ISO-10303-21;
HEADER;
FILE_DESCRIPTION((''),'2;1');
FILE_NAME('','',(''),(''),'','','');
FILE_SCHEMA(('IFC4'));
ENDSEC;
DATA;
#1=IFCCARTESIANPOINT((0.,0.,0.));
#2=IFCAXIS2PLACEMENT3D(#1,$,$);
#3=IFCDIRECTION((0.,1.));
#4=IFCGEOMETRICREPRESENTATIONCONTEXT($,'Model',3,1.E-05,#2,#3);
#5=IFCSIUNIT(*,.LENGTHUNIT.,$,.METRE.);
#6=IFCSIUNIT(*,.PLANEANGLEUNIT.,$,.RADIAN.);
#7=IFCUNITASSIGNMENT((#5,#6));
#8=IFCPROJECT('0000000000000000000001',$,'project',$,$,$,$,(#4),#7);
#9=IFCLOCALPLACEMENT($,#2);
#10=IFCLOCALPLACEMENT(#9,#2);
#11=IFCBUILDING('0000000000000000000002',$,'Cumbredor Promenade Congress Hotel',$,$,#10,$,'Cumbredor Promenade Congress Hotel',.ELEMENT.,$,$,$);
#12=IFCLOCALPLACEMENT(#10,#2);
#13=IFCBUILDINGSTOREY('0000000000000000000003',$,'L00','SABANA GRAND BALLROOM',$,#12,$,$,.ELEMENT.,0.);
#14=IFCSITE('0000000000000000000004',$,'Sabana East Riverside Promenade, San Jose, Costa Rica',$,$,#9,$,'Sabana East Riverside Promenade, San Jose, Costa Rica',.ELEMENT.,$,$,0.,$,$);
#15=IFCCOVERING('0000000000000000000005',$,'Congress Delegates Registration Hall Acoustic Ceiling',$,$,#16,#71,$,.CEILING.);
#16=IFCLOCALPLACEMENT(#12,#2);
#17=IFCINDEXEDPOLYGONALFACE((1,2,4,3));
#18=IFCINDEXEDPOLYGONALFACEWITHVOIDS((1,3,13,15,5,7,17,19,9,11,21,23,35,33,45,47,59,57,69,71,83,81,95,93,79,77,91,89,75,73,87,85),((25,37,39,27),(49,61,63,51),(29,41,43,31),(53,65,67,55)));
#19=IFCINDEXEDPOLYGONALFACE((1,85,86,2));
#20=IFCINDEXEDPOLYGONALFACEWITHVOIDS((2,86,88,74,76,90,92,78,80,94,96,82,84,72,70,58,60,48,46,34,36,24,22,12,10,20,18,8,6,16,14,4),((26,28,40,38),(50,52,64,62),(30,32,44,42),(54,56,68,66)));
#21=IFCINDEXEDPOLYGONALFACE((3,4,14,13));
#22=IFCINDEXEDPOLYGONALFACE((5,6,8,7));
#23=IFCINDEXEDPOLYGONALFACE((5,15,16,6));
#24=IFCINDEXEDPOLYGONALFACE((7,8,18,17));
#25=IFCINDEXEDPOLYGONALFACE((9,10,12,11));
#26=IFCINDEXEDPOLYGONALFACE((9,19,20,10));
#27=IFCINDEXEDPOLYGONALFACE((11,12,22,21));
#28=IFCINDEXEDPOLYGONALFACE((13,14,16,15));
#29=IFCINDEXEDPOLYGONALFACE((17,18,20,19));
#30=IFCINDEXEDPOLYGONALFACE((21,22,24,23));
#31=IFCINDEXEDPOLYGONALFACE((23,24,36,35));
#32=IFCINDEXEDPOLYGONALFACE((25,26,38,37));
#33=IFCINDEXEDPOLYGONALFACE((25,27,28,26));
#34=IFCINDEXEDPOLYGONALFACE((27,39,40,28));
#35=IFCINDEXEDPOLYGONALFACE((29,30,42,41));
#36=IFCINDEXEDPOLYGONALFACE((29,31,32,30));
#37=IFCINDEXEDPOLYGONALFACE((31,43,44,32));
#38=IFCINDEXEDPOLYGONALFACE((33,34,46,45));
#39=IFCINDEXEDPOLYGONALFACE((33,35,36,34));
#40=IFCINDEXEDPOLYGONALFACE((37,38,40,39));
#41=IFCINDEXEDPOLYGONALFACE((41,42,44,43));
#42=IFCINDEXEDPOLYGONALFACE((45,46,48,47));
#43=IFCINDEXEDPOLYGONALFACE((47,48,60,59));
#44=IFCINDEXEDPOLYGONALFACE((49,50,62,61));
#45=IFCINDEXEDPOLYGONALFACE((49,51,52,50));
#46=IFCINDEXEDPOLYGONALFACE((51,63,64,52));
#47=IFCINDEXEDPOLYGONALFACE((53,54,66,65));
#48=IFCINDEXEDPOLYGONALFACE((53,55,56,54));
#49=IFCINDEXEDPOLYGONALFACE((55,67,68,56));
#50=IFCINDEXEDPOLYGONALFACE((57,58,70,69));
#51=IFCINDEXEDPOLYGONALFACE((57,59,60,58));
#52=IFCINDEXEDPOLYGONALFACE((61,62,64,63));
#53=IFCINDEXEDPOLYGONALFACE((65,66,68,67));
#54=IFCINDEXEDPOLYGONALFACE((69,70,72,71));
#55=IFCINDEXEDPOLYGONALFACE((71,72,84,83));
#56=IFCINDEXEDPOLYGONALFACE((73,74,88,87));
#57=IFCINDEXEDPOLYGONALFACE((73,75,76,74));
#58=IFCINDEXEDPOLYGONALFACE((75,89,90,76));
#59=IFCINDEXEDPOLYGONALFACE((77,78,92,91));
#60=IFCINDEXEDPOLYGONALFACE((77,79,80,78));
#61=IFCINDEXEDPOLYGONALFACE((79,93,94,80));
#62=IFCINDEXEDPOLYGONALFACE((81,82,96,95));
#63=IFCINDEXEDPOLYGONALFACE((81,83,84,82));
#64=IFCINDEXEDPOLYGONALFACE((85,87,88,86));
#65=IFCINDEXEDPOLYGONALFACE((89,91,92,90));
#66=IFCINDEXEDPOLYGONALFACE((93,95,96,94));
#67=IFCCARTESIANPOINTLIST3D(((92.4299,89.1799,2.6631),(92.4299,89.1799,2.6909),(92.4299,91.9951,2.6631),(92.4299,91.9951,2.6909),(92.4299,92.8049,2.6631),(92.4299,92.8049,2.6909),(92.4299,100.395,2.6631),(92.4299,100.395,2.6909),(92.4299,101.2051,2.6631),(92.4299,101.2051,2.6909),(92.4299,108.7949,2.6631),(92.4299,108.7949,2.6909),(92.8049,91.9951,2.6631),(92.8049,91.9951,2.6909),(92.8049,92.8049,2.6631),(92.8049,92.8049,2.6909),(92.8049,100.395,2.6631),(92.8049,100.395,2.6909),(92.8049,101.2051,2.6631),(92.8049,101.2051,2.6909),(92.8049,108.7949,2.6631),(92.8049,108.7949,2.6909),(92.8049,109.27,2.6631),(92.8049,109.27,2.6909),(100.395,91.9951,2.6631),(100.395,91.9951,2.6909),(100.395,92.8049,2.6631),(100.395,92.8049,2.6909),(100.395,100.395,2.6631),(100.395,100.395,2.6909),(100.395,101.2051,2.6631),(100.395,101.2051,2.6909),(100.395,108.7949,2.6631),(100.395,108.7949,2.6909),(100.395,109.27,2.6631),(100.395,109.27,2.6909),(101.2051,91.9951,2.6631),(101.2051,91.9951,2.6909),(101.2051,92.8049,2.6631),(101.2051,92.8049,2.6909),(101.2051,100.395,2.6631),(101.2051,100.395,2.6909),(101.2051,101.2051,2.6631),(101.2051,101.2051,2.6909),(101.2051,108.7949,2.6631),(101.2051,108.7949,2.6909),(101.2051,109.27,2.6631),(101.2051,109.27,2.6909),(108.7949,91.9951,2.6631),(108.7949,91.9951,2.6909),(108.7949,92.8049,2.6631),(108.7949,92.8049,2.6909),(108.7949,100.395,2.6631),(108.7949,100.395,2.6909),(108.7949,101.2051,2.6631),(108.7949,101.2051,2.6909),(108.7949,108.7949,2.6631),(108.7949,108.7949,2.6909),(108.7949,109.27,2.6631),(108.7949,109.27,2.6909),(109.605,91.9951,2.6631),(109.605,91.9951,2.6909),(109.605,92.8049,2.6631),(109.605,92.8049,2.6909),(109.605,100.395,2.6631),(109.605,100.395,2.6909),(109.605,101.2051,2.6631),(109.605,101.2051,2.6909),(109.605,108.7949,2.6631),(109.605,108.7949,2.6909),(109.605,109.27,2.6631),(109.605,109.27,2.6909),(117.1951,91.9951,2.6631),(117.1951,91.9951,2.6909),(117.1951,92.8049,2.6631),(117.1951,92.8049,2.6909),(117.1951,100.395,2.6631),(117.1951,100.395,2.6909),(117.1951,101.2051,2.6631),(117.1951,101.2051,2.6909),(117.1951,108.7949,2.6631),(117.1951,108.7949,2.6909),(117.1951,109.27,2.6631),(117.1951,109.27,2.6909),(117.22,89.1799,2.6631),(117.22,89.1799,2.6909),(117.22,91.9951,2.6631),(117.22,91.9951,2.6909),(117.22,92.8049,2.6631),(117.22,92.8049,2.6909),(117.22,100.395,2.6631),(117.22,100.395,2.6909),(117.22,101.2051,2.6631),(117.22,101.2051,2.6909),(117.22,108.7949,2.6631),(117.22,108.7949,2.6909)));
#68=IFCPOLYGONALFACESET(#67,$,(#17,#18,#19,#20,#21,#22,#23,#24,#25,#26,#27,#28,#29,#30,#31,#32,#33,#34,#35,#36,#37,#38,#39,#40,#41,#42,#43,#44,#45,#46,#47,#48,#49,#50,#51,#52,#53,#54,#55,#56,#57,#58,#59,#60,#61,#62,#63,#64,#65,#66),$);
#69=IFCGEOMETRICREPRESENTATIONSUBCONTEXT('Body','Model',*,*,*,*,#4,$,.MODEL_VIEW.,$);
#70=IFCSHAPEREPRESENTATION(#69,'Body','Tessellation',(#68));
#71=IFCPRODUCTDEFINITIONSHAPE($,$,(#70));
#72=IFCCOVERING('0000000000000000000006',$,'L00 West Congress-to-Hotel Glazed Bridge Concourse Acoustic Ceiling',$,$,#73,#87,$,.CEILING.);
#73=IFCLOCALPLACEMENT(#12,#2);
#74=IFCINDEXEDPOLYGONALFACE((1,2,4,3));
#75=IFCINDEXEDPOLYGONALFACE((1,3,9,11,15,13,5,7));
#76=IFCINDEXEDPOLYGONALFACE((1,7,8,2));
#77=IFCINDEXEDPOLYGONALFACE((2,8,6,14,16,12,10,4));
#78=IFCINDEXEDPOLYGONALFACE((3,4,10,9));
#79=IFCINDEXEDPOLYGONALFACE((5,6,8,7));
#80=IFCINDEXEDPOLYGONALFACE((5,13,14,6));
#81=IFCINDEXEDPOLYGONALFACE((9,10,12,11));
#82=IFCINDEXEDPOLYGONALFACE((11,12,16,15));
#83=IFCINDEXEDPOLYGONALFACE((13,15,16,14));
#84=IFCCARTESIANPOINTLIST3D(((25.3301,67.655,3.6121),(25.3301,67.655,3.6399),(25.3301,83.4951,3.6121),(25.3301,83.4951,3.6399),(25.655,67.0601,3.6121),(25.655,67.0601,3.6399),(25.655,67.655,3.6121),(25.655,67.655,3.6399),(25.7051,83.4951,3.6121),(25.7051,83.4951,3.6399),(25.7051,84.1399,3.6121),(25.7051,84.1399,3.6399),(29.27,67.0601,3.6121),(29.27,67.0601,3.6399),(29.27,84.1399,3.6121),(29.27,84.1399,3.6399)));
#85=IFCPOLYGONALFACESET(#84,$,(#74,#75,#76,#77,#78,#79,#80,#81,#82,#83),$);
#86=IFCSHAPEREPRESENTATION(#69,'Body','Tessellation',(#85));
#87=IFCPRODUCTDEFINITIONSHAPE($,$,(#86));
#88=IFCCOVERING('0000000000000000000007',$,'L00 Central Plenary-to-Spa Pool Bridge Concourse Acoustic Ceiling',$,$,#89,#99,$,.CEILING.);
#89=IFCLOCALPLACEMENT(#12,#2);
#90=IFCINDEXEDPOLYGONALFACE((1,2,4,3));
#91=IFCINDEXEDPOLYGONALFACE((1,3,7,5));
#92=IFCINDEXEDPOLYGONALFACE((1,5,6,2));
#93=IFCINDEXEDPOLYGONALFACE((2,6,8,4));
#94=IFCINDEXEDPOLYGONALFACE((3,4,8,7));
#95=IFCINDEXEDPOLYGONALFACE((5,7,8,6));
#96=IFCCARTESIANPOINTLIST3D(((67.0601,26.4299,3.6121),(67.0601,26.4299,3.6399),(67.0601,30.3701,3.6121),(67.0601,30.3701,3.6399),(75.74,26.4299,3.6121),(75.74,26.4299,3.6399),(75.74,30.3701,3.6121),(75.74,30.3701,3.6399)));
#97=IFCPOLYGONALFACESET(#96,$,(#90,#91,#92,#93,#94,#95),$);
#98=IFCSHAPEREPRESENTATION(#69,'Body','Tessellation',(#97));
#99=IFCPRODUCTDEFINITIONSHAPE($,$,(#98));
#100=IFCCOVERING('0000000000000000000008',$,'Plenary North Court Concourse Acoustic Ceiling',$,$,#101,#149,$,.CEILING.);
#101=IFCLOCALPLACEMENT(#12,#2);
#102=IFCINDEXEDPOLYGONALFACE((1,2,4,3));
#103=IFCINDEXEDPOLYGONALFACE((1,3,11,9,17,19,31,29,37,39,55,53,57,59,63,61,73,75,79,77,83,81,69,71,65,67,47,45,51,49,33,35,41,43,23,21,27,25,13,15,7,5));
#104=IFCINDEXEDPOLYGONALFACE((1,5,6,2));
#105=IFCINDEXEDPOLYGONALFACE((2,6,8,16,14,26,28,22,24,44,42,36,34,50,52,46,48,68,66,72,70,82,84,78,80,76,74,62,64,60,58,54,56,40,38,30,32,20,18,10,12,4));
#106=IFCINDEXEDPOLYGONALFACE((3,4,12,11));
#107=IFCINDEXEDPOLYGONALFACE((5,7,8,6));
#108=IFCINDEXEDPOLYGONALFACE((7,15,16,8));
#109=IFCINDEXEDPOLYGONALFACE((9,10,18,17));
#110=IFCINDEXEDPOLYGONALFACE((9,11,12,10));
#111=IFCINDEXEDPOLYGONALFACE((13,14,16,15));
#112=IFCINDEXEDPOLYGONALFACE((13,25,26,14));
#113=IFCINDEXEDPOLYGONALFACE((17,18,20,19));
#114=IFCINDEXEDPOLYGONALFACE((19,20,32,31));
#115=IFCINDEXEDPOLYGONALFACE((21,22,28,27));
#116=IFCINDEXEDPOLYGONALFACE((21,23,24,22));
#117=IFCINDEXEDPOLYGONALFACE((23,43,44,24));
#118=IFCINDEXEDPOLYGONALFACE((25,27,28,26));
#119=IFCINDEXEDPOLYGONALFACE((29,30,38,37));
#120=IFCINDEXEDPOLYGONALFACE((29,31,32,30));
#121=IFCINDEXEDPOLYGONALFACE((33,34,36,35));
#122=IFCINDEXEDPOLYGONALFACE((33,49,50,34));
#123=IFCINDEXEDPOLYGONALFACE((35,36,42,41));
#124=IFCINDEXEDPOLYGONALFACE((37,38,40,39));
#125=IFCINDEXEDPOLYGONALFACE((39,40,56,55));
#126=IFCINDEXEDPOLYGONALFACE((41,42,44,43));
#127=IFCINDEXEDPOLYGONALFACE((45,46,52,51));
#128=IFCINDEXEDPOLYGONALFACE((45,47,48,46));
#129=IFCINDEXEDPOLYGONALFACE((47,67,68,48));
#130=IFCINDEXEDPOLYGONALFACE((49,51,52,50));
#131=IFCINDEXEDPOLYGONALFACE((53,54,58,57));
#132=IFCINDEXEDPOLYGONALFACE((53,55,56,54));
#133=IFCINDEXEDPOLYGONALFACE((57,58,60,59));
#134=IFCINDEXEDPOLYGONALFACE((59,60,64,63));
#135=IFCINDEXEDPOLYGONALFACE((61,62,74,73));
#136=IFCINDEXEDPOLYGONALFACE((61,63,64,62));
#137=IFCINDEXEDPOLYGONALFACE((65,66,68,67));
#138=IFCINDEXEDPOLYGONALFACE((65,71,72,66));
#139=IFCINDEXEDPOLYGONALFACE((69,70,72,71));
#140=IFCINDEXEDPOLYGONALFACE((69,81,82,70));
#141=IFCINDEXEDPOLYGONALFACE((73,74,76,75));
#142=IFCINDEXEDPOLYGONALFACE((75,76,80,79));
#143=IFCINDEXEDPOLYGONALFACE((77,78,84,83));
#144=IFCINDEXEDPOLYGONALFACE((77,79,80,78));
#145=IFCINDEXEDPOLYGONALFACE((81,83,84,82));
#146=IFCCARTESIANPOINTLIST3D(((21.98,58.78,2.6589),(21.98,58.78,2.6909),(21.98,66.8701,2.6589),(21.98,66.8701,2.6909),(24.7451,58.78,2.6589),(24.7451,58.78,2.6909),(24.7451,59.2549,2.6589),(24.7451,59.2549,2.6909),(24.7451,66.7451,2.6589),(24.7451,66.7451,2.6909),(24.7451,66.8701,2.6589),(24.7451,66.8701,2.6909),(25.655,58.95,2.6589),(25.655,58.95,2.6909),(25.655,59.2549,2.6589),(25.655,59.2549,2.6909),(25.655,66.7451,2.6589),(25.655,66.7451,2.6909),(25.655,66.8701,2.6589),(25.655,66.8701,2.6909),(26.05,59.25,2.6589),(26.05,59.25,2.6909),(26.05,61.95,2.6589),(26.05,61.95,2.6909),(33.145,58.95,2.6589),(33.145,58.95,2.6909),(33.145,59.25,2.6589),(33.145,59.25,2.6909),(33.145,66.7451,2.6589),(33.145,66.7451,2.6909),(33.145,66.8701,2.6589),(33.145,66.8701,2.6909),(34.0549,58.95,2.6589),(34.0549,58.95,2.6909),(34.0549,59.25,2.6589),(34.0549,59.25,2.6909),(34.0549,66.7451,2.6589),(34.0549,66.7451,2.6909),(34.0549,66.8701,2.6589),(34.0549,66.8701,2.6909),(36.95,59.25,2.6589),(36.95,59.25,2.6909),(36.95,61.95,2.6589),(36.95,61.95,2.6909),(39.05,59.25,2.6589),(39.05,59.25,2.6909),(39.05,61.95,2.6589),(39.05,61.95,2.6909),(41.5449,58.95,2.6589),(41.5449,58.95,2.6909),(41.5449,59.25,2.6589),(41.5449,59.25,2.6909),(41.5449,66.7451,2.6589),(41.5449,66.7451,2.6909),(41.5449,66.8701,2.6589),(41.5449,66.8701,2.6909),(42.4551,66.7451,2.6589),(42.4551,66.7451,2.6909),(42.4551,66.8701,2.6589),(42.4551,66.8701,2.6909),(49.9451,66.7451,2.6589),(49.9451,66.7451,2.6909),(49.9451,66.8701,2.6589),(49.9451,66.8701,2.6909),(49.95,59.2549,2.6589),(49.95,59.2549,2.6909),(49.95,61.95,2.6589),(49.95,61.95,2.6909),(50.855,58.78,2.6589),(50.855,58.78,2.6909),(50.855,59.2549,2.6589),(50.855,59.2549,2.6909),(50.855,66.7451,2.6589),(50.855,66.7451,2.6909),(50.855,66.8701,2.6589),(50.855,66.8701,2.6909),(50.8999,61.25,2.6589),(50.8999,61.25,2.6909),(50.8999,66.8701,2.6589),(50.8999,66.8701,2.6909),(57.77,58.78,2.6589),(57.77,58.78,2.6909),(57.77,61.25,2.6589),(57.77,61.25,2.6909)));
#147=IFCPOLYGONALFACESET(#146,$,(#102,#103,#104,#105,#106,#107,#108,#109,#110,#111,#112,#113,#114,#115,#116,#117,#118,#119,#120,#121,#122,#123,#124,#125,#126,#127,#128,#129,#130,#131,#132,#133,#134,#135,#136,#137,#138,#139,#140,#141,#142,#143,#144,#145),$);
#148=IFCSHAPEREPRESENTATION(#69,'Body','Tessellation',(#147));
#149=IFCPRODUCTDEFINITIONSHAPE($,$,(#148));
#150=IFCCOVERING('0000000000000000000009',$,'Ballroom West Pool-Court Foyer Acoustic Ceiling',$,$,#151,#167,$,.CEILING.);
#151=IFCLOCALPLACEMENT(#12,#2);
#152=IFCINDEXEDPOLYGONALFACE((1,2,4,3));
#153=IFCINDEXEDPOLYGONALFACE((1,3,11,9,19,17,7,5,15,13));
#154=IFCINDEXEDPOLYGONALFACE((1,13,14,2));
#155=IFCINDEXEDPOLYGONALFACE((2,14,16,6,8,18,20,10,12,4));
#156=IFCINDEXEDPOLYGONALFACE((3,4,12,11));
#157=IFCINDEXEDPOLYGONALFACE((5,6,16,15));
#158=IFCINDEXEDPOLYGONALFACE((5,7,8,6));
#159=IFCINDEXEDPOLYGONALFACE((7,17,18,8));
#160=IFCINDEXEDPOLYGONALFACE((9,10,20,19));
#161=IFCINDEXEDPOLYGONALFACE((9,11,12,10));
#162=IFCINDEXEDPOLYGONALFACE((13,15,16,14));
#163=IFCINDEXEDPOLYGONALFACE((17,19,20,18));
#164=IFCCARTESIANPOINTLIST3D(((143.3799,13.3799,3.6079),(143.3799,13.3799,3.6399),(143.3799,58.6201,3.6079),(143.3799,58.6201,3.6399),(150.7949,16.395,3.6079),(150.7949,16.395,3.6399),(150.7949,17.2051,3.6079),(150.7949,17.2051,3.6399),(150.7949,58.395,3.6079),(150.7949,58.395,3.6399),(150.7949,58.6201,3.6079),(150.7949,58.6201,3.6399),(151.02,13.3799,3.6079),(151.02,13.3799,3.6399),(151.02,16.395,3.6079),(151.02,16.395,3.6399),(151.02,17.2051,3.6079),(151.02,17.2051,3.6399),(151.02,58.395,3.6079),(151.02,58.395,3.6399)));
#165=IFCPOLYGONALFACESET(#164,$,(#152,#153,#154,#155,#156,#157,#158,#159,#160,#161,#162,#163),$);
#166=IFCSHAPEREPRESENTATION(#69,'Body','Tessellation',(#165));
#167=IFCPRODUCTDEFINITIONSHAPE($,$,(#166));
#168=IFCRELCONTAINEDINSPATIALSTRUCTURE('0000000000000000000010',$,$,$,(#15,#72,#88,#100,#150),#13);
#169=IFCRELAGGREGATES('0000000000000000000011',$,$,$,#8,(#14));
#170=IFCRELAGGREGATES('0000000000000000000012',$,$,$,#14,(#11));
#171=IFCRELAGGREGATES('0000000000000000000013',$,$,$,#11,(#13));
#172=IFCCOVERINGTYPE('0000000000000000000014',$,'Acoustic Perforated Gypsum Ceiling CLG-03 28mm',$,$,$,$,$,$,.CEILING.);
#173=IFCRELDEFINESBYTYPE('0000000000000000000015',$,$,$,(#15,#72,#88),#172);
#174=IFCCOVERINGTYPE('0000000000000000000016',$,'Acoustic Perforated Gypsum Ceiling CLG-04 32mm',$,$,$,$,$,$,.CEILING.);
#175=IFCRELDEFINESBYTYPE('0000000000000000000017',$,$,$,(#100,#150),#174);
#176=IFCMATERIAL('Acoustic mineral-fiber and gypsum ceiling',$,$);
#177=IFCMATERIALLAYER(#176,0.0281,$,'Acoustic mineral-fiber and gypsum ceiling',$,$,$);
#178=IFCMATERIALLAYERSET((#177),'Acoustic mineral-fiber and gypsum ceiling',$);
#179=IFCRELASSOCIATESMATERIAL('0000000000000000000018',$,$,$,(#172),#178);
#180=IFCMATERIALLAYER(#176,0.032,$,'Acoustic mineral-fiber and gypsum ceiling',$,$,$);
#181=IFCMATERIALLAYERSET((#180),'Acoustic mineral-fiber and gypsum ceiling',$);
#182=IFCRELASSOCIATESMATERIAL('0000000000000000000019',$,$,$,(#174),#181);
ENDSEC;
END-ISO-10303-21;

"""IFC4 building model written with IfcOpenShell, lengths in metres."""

from ifc_helpers import new_model, si_unit, direction, frame, origin, place, context, subcontext, project, spatial, polyline, outline, extrude, material, layer, layer_set, type_object, element, save


model = new_model("IFC4")

# Units and contexts
model_context = context("Model", 3, precision=1e-05, world=origin(), true_north=direction((0.0, 1.0)))
body_context = subcontext(model_context, "Body", "Model", "MODEL_VIEW")
ifc_project = project(units=[si_unit("LENGTHUNIT", "METRE"), si_unit("PLANEANGLEUNIT", "RADIAN")], contexts=[model_context])

# Site, building, storey
site_placement = place(None, origin())
site = spatial("IfcSite", under=ifc_project, at=site_placement, Name="Sabana East Riverside Promenade, San Jose, Costa Rica", LongName="Sabana East Riverside Promenade, San Jose, Costa Rica", CompositionType="ELEMENT", RefElevation=0.0)
building_placement = place(site_placement, origin())
building = spatial("IfcBuilding", under=site, at=building_placement, Name="Cumbredor Promenade Congress Hotel", LongName="Cumbredor Promenade Congress Hotel", CompositionType="ELEMENT")
storey_placement = place(building_placement, origin())
storey = spatial("IfcBuildingStorey", under=building, at=storey_placement, Name="L00", Description="SABANA GRAND BALLROOM", CompositionType="ELEMENT", Elevation=0.0)

# Coverings
ifc_material_1 = material(Name="Acoustic mineral-fiber and gypsum ceiling")
ifc_layer_1 = layer(ifc_material_1, 0.0281, Name="Acoustic mineral-fiber and gypsum ceiling")
ifc_layer_set_1 = layer_set([ifc_layer_1], Name="Acoustic mineral-fiber and gypsum ceiling")
covering_type_1 = type_object("IfcCoveringType", Name="Acoustic Perforated Gypsum Ceiling CLG-03 28mm", PredefinedType="CEILING", material=ifc_layer_set_1)
covering_1_placement = place(storey_placement, frame((0.0, 0.0, 2.6631)))
element("IfcCovering", 1, at=covering_1_placement, inside=storey, type_object=covering_type_1, Name="Congress Delegates Registration Hall Acoustic Ceiling", PredefinedType="CEILING", context=body_context, shape_type="SweptSolid", body=[
    extrude(outline(polyline([(100.395, 109.27), (100.395, 108.7949), (101.2051, 108.7949), (101.2051, 109.27), (108.7949, 109.27), (108.7949, 108.7949), (109.605, 108.7949), (109.605, 109.27), (117.1951, 109.27), (117.1951, 108.7949), (117.22, 108.7949), (117.22, 101.2051), (117.1951, 101.2051), (117.1951, 100.395), (117.22, 100.395), (117.22, 92.8049), (117.1951, 92.8049), (117.1951, 91.9951), (117.22, 91.9951), (117.22, 89.1799), (92.4299, 89.1799), (92.4299, 91.9951), (92.8049, 91.9951), (92.8049, 92.8049), (92.4299, 92.8049), (92.4299, 100.395), (92.8049, 100.395), (92.8049, 101.2051), (92.4299, 101.2051), (92.4299, 108.7949), (92.8049, 108.7949), (92.8049, 109.27), (100.395, 109.27)]), holes=[polyline([(101.2051, 92.8049), (100.395, 92.8049), (100.395, 91.9951), (101.2051, 91.9951), (101.2051, 92.8049)]), polyline([(101.2051, 100.395), (101.2051, 101.2051), (100.395, 101.2051), (100.395, 100.395), (101.2051, 100.395)]), polyline([(108.7949, 92.8049), (108.7949, 91.9951), (109.605, 91.9951), (109.605, 92.8049), (108.7949, 92.8049)]), polyline([(109.605, 101.2051), (108.7949, 101.2051), (108.7949, 100.395), (109.605, 100.395), (109.605, 101.2051)])]), origin(), (0.0, 0.0, 1.0), 0.0278),
])
covering_2_placement = place(storey_placement, frame((0.0, 0.0, 3.6121)))
element("IfcCovering", 2, at=covering_2_placement, inside=storey, type_object=covering_type_1, Name="L00 West Congress-to-Hotel Glazed Bridge Concourse Acoustic Ceiling", PredefinedType="CEILING", context=body_context, shape_type="SweptSolid", body=[
    extrude(outline(polyline([(29.27, 84.1399), (29.27, 67.0601), (25.655, 67.0601), (25.655, 67.655), (25.3301, 67.655), (25.3301, 83.4951), (25.7051, 83.4951), (25.7051, 84.1399), (29.27, 84.1399)])), origin(), (0.0, 0.0, 1.0), 0.0278),
])
covering_3_placement = place(storey_placement, frame((0.0, 0.0, 3.6121)))
element("IfcCovering", 3, at=covering_3_placement, inside=storey, type_object=covering_type_1, Name="L00 Central Plenary-to-Spa Pool Bridge Concourse Acoustic Ceiling", PredefinedType="CEILING", context=body_context, shape_type="SweptSolid", body=[
    extrude(outline(polyline([(67.0601, 26.4299), (67.0601, 30.3701), (75.74, 30.3701), (75.74, 26.4299), (67.0601, 26.4299)])), origin(), (0.0, 0.0, 1.0), 0.0278),
])
ifc_layer_2 = layer(ifc_material_1, 0.032, Name="Acoustic mineral-fiber and gypsum ceiling")
ifc_layer_set_2 = layer_set([ifc_layer_2], Name="Acoustic mineral-fiber and gypsum ceiling")
covering_type_2 = type_object("IfcCoveringType", Name="Acoustic Perforated Gypsum Ceiling CLG-04 32mm", PredefinedType="CEILING", material=ifc_layer_set_2)
covering_4_placement = place(storey_placement, frame((0.0, 0.0, 2.6589)))
element("IfcCovering", 4, at=covering_4_placement, inside=storey, type_object=covering_type_2, Name="Plenary North Court Concourse Acoustic Ceiling", PredefinedType="CEILING", context=body_context, shape_type="SweptSolid", body=[
    extrude(outline(polyline([(26.05, 61.95), (26.05, 59.25), (33.145, 59.25), (33.145, 58.95), (25.655, 58.95), (25.655, 59.2549), (24.7451, 59.2549), (24.7451, 58.78), (21.98, 58.78), (21.98, 66.8701), (24.7451, 66.8701), (24.7451, 66.7451), (25.655, 66.7451), (25.655, 66.8701), (33.145, 66.8701), (33.145, 66.7451), (34.0549, 66.7451), (34.0549, 66.8701), (41.5449, 66.8701), (41.5449, 66.7451), (42.4551, 66.7451), (42.4551, 66.8701), (49.9451, 66.8701), (49.9451, 66.7451), (50.855, 66.7451), (50.855, 66.8701), (50.8999, 66.8701), (50.8999, 61.25), (57.77, 61.25), (57.77, 58.78), (50.855, 58.78), (50.855, 59.2549), (49.95, 59.2549), (49.95, 61.95), (39.05, 61.95), (39.05, 59.25), (41.5449, 59.25), (41.5449, 58.95), (34.0549, 58.95), (34.0549, 59.25), (36.95, 59.25), (36.95, 61.95), (26.05, 61.95)])), origin(), (0.0, 0.0, 1.0), 0.032),
])
covering_5_placement = place(storey_placement, frame((0.0, 0.0, 3.6079)))
element("IfcCovering", 5, at=covering_5_placement, inside=storey, type_object=covering_type_2, Name="Ballroom West Pool-Court Foyer Acoustic Ceiling", PredefinedType="CEILING", context=body_context, shape_type="SweptSolid", body=[
    extrude(outline(polyline([(150.7949, 58.6201), (150.7949, 58.395), (151.02, 58.395), (151.02, 17.2051), (150.7949, 17.2051), (150.7949, 16.395), (151.02, 16.395), (151.02, 13.3799), (143.3799, 13.3799), (143.3799, 58.6201), (150.7949, 58.6201)])), origin(), (0.0, 0.0, 1.0), 0.032),
])

save(model, "model.ifc")
